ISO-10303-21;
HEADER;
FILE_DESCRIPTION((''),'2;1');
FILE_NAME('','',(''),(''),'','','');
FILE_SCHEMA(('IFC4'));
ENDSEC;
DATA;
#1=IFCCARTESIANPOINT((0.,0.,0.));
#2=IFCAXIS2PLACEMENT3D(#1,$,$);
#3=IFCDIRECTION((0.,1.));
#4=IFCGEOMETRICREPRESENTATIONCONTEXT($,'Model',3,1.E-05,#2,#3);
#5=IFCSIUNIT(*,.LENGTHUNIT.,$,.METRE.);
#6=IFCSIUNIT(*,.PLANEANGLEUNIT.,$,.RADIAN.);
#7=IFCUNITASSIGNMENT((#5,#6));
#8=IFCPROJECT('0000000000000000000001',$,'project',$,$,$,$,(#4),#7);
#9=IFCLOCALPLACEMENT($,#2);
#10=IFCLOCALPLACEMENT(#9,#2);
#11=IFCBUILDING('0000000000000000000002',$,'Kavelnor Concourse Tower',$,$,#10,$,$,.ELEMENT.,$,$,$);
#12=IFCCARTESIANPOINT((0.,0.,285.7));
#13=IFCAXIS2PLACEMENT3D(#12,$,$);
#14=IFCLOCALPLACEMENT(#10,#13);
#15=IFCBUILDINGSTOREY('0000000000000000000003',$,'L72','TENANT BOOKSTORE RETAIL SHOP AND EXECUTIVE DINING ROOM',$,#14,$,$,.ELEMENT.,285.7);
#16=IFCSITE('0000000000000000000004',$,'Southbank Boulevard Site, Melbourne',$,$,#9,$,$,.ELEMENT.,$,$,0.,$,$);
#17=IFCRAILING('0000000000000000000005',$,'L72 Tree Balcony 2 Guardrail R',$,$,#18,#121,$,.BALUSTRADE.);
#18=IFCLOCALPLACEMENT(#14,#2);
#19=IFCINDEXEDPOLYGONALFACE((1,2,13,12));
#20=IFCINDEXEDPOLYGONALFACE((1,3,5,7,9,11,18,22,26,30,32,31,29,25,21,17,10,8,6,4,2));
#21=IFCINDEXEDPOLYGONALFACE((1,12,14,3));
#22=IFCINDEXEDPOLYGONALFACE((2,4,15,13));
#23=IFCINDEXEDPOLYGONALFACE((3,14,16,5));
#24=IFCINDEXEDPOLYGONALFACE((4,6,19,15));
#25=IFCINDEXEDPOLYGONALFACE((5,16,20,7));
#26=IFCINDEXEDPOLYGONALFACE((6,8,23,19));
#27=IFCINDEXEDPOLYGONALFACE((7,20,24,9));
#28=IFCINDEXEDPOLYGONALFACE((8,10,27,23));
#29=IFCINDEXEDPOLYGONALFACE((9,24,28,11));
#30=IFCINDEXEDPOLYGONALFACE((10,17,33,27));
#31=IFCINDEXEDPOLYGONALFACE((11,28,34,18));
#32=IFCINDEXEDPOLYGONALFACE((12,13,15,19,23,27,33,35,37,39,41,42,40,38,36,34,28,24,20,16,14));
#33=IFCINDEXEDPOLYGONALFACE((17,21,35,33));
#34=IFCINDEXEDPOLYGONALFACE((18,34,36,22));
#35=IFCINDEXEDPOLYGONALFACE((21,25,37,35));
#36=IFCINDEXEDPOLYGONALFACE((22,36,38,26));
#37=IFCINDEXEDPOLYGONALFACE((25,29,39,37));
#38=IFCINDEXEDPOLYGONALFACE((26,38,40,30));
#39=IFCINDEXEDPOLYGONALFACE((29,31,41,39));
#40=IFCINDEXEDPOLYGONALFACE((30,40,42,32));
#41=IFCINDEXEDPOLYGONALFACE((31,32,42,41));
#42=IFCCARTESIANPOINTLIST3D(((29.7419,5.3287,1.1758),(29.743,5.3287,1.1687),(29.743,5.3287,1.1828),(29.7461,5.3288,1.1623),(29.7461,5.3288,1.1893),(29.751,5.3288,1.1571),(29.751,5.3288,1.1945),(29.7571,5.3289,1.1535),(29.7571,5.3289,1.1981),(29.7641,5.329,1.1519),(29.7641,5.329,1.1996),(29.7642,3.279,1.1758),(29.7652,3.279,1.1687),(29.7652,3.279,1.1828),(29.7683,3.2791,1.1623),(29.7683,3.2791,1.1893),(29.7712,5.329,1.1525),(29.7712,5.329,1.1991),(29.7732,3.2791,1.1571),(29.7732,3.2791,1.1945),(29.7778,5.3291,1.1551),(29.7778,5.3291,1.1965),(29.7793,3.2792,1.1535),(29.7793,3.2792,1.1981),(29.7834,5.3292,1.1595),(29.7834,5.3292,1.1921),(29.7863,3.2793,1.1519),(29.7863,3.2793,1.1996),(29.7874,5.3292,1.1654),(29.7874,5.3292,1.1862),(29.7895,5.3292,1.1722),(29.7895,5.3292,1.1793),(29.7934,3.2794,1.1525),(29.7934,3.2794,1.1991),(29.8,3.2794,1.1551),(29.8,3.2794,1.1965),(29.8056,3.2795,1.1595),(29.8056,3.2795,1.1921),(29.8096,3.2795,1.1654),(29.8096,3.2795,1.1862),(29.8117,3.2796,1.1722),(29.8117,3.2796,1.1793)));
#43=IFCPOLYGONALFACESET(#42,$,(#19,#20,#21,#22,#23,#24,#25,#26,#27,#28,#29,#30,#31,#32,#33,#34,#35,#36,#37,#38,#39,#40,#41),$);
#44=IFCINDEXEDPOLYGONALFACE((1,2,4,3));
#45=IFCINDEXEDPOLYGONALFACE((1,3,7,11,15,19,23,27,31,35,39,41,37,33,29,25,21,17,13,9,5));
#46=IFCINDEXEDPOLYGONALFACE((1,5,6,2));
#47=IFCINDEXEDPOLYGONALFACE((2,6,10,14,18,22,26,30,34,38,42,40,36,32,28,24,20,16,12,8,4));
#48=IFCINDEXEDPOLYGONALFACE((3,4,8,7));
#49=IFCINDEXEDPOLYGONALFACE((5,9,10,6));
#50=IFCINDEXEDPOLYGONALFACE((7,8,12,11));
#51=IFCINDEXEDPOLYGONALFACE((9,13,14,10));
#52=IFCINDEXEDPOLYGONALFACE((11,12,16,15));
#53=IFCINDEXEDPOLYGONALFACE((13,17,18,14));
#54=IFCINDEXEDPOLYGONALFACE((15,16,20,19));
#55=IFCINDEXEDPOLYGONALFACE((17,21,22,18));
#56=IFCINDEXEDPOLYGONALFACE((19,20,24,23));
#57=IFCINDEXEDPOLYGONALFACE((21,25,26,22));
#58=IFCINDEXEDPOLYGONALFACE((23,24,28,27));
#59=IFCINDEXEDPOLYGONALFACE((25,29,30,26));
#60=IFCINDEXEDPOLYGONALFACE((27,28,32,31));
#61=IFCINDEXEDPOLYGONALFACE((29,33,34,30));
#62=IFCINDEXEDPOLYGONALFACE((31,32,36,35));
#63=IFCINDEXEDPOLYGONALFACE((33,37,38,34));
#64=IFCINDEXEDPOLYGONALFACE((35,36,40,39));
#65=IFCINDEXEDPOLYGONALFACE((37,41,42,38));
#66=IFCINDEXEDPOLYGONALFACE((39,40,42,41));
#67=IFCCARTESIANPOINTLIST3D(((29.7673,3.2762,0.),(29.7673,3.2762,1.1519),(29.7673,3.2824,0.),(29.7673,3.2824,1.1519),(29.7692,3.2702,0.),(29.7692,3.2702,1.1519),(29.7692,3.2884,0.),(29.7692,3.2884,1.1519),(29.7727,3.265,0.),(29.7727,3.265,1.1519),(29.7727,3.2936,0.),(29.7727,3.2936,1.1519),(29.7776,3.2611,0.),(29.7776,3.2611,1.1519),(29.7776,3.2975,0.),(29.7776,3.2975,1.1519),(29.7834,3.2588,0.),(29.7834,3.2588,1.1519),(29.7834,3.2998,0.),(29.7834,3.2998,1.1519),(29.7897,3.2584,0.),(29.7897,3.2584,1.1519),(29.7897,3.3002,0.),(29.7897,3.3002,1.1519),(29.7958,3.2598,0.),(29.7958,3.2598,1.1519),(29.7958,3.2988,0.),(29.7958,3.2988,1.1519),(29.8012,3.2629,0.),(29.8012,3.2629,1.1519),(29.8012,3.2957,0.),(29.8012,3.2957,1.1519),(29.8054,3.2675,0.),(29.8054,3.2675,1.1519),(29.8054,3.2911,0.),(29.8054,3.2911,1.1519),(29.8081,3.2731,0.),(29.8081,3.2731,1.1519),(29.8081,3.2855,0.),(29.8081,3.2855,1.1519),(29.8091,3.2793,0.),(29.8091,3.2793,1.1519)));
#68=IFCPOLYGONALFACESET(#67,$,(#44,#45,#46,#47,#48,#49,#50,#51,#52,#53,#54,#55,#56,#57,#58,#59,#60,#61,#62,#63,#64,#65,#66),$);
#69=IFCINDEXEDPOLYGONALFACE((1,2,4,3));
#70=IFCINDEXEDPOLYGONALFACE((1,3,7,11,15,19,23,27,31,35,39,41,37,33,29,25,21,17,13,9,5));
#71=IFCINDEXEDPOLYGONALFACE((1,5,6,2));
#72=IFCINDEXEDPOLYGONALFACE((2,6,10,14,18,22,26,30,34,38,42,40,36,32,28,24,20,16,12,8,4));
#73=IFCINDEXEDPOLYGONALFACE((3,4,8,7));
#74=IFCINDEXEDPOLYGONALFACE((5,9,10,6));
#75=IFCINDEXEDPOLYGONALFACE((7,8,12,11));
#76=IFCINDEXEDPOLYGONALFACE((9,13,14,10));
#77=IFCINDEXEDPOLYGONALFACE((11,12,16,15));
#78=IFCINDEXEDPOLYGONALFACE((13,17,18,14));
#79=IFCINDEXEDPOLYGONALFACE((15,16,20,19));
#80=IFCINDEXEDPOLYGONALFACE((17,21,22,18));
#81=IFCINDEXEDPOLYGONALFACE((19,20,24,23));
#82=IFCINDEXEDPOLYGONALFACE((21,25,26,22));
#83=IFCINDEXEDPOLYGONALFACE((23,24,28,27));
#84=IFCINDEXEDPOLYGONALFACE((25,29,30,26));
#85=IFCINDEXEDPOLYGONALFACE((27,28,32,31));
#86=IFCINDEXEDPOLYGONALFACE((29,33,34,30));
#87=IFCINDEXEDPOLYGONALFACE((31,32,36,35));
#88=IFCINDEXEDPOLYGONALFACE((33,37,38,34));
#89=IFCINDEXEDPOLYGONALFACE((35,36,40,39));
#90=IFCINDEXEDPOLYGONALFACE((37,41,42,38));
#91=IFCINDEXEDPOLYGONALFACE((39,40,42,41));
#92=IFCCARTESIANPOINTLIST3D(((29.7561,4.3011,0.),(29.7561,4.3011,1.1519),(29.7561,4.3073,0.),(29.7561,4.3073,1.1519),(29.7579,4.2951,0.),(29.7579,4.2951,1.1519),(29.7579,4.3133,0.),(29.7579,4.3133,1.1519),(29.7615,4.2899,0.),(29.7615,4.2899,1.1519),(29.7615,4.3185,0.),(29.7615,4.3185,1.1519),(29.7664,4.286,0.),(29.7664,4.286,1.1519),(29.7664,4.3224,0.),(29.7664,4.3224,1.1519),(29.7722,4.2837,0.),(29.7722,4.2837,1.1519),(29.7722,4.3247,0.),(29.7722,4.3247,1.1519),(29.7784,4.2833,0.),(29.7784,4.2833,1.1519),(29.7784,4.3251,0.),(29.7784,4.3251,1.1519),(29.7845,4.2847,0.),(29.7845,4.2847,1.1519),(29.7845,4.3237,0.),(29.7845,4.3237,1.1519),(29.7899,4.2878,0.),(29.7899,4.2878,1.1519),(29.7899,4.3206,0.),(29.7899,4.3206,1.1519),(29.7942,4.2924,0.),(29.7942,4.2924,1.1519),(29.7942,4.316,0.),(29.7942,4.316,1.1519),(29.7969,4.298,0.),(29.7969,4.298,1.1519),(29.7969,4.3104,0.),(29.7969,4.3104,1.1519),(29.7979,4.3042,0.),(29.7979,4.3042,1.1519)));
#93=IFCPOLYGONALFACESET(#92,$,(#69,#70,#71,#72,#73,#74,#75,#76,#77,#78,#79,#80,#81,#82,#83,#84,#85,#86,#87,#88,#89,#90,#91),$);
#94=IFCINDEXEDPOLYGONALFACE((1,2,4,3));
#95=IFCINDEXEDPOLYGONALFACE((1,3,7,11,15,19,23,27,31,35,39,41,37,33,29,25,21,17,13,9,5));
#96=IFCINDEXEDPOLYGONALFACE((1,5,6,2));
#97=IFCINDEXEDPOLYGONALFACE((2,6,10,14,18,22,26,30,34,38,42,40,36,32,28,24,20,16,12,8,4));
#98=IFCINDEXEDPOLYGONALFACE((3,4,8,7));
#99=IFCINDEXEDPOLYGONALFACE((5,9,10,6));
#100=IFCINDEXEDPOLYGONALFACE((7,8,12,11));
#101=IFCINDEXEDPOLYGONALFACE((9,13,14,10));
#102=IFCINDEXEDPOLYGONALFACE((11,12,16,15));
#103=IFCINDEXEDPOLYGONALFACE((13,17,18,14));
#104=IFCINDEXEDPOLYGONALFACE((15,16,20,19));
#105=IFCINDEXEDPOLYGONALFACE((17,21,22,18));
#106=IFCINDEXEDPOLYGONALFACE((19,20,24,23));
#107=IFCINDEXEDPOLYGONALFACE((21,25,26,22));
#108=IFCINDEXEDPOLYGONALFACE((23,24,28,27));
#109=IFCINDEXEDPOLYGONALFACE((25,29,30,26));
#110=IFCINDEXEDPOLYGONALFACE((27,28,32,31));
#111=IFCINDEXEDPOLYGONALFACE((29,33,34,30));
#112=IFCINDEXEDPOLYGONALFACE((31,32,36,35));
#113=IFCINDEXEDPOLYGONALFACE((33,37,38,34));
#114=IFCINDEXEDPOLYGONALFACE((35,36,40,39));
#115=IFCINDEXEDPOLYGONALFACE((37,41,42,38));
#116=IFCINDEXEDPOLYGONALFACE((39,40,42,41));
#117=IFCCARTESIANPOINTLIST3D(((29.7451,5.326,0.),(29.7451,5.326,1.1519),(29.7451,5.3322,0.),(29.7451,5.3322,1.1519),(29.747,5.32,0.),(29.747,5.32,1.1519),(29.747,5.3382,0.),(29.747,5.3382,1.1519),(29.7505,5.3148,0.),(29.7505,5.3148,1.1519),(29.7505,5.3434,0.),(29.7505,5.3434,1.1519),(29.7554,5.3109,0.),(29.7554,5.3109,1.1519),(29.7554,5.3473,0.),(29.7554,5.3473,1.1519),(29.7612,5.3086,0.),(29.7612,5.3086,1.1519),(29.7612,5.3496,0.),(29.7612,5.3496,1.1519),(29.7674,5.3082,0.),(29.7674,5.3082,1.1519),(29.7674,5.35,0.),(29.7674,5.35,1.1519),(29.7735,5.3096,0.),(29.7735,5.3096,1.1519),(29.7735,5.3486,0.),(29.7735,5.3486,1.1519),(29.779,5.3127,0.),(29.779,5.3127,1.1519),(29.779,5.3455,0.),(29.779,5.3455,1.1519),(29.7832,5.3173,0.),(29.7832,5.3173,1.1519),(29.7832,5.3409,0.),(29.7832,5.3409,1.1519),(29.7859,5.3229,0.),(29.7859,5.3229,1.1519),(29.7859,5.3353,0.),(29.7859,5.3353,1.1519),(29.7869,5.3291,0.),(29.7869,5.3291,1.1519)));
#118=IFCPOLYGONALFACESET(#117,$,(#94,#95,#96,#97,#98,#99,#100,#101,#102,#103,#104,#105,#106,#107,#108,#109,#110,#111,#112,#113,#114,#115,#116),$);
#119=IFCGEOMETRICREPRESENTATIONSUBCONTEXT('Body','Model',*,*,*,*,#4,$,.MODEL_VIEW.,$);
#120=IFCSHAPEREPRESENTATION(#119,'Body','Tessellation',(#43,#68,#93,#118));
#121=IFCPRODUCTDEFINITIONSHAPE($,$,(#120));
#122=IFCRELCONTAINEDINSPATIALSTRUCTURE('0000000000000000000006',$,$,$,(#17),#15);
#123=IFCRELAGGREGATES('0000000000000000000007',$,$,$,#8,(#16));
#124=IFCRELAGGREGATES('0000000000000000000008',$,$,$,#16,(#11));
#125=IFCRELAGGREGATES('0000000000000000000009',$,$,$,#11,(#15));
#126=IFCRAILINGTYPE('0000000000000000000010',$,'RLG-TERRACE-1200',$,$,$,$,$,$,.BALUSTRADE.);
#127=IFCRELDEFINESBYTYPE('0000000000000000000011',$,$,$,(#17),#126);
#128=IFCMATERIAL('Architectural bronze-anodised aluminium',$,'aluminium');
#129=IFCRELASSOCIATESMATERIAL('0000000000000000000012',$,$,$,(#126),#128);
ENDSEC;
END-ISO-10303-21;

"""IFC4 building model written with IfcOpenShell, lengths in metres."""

from ifc_helpers import new_model, si_unit, direction, frame, origin, origin_2d, place, context, subcontext, project, spatial, circle, extrude, material, type_object, element, save


model = new_model("IFC4")

# Units and contexts
model_context = context("Model", 3, precision=1e-05, world=origin(), true_north=direction((0.0, 1.0)))
body_context = subcontext(model_context, "Body", "Model", "MODEL_VIEW")
ifc_project = project(units=[si_unit("LENGTHUNIT", "METRE"), si_unit("PLANEANGLEUNIT", "RADIAN")], contexts=[model_context])

# Site, building, storey
site_placement = place(None, origin())
site = spatial("IfcSite", under=ifc_project, at=site_placement, Name="Southbank Boulevard Site, Melbourne", CompositionType="ELEMENT", RefElevation=0.0)
building_placement = place(site_placement, origin())
building = spatial("IfcBuilding", under=site, at=building_placement, Name="Kavelnor Concourse Tower", CompositionType="ELEMENT")
storey_placement = place(building_placement, frame((0.0, 0.0, 285.7)))
storey = spatial("IfcBuildingStorey", under=building, at=storey_placement, Name="L72", Description="TENANT BOOKSTORE RETAIL SHOP AND EXECUTIVE DINING ROOM", CompositionType="ELEMENT", Elevation=285.7)

# Railing
ifc_material_1 = material(Name="Architectural bronze-anodised aluminium", Category="aluminium")
railing_type = type_object("IfcRailingType", Name="RLG-TERRACE-1200", PredefinedType="BALUSTRADE", material=ifc_material_1)
railing_placement = place(storey_placement, frame((29.7881, 3.2793, 0.0)))
element("IfcRailing", 1, at=railing_placement, inside=storey, type_object=railing_type, Name="L72 Tree Balcony 2 Guardrail R", PredefinedType="BALUSTRADE", context=body_context, shape_type="SweptSolid", body=[
    extrude(circle(Radius=0.0239, at=origin_2d()), frame((0.0, 0.0, 1.1758), z_axis=(-0.010838, 0.999941, 0.0), x_axis=(-0.999941, -0.010838, 0.0)), (0.0, 0.0, 1.0), 2.0498),
    extrude(circle(Radius=0.021, at=origin_2d()), origin(), (0.0, 0.0, 1.0), 1.1519),
    extrude(circle(Radius=0.021, at=origin_2d()), frame((-0.0112, 1.0249, 0.0)), (0.0, 0.0, 1.0), 1.1519),
    extrude(circle(Radius=0.021, at=origin_2d()), frame((-0.0222, 2.0498, 0.0)), (0.0, 0.0, 1.0), 1.1519),
])

save(model, "model.ifc")
